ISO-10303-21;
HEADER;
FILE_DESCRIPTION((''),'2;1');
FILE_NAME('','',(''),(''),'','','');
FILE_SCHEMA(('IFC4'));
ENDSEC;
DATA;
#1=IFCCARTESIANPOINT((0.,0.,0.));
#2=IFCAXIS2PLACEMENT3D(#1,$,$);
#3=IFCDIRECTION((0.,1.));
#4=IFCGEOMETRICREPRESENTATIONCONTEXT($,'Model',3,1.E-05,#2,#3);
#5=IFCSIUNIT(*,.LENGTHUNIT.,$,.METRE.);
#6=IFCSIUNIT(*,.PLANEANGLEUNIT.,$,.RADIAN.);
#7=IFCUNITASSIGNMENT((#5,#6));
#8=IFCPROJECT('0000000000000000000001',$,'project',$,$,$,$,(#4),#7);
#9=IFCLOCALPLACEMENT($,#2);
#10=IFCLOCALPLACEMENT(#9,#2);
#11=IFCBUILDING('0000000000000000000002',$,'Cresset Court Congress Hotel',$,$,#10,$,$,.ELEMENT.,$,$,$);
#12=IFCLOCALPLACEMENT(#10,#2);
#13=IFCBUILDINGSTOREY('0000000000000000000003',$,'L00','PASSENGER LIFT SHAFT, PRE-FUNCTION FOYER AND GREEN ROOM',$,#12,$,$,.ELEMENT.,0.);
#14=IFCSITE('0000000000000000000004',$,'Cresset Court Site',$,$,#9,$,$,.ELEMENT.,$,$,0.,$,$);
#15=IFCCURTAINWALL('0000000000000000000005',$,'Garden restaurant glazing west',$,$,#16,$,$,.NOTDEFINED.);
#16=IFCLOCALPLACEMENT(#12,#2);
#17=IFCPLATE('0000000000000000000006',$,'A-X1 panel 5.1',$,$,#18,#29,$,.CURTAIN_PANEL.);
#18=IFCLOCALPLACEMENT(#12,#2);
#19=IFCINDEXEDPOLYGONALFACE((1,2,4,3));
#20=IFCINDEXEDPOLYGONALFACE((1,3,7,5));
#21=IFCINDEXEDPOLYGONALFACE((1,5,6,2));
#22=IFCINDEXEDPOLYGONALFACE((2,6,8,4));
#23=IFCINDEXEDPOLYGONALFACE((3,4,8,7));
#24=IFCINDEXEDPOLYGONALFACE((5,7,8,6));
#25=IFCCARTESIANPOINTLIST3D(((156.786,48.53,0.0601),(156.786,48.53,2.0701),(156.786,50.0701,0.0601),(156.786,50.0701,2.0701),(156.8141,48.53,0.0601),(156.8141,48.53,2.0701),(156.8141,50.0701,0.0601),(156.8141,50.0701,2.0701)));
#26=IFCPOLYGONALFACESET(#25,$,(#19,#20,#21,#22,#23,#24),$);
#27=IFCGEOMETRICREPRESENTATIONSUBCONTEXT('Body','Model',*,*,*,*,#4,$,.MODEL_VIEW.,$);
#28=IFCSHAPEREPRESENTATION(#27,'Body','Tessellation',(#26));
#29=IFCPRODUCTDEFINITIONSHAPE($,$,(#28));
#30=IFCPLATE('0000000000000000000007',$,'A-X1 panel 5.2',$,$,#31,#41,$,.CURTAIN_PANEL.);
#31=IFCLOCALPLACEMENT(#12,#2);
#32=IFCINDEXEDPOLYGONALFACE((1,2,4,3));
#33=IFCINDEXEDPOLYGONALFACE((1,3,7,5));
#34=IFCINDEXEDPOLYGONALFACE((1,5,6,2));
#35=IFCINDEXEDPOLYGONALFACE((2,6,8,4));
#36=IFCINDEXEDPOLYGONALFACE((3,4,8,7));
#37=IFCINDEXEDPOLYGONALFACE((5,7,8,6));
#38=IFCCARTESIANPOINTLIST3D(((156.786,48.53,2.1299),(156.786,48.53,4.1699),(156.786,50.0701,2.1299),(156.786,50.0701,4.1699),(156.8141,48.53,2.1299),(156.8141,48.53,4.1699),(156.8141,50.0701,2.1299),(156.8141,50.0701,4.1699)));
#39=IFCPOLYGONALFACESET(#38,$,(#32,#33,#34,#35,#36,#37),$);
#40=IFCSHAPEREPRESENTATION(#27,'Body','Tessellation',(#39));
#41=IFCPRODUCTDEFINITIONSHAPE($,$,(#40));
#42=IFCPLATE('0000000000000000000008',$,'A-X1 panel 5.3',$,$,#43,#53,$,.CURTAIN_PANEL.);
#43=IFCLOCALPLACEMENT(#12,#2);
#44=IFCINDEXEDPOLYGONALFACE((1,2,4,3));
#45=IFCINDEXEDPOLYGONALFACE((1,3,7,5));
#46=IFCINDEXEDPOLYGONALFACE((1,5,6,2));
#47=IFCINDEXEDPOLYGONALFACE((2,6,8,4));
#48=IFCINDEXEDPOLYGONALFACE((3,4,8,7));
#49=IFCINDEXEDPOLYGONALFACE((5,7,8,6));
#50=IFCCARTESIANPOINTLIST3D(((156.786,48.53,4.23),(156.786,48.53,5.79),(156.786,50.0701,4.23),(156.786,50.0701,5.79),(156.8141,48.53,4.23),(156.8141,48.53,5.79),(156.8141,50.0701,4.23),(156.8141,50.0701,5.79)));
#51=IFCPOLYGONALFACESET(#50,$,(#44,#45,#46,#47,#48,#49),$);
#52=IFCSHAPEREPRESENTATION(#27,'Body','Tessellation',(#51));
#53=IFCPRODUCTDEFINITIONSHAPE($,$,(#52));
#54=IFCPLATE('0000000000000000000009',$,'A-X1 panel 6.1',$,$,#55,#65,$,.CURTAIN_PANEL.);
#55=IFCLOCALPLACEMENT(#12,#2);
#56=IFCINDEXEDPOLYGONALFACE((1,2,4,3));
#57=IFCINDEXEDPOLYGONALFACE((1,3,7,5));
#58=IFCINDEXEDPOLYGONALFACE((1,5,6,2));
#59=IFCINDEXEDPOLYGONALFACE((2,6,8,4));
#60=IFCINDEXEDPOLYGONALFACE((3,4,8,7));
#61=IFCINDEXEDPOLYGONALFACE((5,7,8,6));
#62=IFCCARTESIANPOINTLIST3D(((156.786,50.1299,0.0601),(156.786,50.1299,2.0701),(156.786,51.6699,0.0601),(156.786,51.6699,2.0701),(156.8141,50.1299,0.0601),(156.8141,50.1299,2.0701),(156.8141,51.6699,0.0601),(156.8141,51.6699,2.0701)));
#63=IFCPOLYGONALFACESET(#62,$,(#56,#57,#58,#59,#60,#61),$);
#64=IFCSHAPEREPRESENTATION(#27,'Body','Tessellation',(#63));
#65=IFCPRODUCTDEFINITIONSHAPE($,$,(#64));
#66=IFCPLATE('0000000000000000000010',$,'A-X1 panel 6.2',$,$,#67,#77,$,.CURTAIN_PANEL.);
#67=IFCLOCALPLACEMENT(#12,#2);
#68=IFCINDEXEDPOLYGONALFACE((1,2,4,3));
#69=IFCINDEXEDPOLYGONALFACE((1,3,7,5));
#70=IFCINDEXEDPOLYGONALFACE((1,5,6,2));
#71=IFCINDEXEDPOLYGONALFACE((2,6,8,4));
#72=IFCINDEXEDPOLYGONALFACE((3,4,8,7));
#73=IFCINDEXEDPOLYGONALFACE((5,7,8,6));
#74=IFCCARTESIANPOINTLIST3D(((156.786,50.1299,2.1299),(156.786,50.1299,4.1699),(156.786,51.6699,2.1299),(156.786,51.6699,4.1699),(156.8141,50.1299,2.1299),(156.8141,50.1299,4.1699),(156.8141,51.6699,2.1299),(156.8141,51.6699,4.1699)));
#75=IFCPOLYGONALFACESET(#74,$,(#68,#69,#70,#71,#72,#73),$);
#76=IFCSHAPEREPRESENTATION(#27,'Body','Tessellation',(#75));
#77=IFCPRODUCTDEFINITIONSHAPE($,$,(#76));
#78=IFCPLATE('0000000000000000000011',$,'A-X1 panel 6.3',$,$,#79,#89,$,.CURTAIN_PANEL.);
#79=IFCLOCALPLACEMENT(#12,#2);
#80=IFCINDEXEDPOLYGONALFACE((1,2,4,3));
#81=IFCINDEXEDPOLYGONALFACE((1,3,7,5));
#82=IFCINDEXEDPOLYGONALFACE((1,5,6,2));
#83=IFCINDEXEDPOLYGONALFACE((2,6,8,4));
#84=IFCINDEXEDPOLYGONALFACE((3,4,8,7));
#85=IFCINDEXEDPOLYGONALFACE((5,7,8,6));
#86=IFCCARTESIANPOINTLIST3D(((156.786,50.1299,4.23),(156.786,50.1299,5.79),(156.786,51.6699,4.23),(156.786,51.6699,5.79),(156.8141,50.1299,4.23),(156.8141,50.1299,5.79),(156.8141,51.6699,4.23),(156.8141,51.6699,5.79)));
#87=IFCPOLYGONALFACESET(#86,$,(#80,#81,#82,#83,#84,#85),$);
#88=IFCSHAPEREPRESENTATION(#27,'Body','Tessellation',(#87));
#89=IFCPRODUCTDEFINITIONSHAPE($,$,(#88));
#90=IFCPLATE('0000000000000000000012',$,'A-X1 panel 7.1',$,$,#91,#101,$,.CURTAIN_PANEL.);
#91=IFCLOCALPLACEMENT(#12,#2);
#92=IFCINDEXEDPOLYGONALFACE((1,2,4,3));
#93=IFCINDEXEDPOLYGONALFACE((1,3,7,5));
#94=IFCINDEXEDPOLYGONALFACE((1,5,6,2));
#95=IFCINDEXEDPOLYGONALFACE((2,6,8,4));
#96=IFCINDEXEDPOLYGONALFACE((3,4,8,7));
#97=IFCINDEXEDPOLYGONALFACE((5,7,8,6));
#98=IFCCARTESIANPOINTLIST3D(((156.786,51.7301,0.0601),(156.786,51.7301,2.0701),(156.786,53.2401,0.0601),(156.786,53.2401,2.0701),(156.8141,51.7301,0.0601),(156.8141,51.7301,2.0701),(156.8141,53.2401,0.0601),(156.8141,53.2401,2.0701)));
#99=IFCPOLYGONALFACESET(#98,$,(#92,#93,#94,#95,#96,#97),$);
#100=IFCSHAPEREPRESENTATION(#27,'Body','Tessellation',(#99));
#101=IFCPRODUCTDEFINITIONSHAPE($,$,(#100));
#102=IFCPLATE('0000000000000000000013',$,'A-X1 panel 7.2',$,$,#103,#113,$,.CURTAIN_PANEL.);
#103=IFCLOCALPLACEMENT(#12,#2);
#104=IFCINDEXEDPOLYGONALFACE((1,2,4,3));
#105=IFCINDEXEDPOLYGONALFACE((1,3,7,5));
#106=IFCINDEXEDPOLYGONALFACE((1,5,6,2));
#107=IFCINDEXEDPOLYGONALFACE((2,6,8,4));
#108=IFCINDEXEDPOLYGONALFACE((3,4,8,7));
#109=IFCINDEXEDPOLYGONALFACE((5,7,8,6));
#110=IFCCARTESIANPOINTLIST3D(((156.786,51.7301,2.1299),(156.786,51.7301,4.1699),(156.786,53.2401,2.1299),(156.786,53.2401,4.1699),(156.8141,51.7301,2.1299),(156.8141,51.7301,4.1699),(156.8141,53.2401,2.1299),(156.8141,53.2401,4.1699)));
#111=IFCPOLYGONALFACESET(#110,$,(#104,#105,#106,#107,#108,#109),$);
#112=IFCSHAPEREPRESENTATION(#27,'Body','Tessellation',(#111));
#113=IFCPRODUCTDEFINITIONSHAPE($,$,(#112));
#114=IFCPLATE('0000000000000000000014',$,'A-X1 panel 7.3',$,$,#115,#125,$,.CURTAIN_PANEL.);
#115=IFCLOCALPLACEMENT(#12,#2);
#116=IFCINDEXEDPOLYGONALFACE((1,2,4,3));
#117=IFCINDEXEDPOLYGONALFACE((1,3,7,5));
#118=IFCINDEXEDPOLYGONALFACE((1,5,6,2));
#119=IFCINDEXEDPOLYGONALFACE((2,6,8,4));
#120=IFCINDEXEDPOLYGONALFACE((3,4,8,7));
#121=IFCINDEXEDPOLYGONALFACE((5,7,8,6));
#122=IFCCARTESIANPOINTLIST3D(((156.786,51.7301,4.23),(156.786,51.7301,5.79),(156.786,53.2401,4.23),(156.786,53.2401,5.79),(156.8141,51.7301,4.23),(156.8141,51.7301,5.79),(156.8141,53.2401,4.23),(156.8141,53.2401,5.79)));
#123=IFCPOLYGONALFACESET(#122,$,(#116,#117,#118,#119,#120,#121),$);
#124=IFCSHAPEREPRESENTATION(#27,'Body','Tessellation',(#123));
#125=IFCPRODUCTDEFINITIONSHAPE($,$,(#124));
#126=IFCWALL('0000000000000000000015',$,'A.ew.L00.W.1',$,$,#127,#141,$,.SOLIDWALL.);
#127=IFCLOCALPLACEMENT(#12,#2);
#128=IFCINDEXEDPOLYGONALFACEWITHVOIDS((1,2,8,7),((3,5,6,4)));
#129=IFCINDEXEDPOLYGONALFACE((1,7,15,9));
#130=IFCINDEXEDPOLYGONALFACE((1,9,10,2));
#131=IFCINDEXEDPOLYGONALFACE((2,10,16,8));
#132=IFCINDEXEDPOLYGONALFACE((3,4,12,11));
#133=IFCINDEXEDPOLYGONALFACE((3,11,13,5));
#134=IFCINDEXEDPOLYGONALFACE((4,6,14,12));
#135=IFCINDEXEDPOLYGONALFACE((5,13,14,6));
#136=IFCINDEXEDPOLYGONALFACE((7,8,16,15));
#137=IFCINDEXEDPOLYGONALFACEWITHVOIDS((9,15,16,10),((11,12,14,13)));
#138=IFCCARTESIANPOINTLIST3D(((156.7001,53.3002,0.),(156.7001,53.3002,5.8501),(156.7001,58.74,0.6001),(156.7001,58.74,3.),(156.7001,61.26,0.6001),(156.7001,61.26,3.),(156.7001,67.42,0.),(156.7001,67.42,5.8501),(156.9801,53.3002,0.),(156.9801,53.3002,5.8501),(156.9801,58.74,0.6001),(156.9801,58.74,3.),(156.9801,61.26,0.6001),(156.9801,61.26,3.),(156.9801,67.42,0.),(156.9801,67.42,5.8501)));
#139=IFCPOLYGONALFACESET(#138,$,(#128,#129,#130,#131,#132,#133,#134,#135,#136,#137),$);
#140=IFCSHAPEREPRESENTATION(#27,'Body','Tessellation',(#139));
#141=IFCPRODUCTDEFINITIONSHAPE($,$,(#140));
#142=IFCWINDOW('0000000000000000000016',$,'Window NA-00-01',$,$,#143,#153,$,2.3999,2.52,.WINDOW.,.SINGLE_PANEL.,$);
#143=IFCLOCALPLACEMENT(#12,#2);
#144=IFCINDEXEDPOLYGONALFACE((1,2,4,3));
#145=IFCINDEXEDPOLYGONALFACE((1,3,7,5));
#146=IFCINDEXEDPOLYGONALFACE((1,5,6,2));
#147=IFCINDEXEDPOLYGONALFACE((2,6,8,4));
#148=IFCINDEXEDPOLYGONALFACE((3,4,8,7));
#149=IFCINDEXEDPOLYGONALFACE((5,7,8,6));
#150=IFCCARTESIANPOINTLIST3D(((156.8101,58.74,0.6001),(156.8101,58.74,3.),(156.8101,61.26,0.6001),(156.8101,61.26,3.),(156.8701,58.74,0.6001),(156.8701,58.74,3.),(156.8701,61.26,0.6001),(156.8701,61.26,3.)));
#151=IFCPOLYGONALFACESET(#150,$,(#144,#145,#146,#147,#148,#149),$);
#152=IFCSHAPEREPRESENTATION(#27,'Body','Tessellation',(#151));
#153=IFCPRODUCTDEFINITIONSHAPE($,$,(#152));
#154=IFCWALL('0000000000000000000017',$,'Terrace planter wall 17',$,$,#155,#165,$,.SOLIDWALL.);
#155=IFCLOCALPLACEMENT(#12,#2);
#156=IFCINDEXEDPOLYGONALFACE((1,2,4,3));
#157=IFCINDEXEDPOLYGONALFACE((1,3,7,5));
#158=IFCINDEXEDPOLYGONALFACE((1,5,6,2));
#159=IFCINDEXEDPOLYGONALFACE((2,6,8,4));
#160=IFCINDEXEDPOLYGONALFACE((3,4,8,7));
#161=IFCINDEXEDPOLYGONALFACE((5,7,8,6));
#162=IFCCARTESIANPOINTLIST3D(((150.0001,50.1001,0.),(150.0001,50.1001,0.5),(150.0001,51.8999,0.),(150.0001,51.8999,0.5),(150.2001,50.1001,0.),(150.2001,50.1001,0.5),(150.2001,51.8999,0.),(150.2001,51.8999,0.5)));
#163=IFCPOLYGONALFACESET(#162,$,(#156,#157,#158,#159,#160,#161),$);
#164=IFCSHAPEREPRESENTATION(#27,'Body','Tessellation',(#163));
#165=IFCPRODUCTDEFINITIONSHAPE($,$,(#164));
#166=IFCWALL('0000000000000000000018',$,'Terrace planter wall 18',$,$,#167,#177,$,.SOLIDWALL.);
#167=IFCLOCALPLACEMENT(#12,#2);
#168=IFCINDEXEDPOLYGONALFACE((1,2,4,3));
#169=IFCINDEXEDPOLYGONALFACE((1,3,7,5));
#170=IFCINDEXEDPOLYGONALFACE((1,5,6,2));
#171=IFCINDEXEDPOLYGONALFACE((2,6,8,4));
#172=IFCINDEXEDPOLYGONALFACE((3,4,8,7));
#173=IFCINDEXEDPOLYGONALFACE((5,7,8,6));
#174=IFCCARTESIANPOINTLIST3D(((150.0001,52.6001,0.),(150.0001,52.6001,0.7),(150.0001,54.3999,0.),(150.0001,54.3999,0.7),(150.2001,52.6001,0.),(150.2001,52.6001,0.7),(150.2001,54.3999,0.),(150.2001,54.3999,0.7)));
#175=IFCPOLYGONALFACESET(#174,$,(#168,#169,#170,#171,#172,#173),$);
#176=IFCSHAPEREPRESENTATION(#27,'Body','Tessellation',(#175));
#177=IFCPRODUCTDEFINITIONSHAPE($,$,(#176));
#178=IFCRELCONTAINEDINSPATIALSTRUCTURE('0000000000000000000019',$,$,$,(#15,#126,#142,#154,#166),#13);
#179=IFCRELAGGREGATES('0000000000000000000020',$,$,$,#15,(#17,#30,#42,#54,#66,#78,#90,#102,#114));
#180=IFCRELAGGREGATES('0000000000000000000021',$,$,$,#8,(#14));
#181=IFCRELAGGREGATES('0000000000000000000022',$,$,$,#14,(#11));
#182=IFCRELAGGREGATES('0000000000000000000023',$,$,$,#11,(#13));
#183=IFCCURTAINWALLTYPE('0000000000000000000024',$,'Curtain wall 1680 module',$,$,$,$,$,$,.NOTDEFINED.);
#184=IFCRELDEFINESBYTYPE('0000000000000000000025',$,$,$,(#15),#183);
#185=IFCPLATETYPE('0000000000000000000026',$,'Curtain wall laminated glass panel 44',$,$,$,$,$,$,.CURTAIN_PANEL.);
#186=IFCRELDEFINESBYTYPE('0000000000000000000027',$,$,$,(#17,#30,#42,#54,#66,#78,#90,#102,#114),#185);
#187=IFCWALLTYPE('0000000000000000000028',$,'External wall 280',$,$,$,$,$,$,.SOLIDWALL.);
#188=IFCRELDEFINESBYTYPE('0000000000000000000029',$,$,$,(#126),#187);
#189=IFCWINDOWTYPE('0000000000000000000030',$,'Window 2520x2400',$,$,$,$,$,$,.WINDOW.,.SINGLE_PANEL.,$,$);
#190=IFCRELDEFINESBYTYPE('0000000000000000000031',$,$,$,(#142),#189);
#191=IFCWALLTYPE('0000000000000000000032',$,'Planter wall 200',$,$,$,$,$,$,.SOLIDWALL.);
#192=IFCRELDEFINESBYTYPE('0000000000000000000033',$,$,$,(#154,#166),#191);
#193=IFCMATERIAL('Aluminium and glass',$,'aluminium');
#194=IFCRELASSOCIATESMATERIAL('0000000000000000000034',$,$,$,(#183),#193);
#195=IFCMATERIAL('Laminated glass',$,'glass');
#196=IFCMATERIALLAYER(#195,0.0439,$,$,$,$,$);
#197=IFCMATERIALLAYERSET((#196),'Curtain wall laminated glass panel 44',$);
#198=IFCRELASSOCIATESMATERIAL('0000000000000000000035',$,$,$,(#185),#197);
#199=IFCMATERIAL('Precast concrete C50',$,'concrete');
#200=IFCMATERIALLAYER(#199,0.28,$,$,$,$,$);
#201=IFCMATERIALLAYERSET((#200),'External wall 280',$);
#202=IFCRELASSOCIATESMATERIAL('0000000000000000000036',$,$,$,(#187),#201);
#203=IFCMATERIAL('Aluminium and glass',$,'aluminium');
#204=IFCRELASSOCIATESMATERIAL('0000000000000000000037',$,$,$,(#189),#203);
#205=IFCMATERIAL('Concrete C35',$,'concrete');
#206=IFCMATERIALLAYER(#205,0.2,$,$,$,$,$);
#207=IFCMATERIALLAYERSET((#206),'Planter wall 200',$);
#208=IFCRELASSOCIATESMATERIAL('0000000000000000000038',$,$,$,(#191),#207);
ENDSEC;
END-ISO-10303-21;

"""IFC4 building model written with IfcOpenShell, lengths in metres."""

from ifc_helpers import new_model, si_unit, direction, frame, frame_2d, origin, origin_2d, place, context, subcontext, project, spatial, rectangle, extrude, material, layer, layer_set, type_object, element, fill, aggregate, save


model = new_model("IFC4")

# Units and contexts
model_context = context("Model", 3, precision=1e-05, world=origin(), true_north=direction((0.0, 1.0)))
body_context = subcontext(model_context, "Body", "Model", "MODEL_VIEW")
ifc_project = project(units=[si_unit("LENGTHUNIT", "METRE"), si_unit("PLANEANGLEUNIT", "RADIAN")], contexts=[model_context])

# Site, building, storey
site_placement = place(None, origin())
site = spatial("IfcSite", under=ifc_project, at=site_placement, Name="Cresset Court Site", CompositionType="ELEMENT", RefElevation=0.0)
building_placement = place(site_placement, origin())
building = spatial("IfcBuilding", under=site, at=building_placement, Name="Cresset Court Congress Hotel", CompositionType="ELEMENT")
storey_placement = place(building_placement, origin())
storey = spatial("IfcBuildingStorey", under=building, at=storey_placement, Name="L00", Description="PASSENGER LIFT SHAFT, PRE-FUNCTION FOYER AND GREEN ROOM", CompositionType="ELEMENT", Elevation=0.0)

# Curtain wall, plates
ifc_material_1 = material(Name="Aluminium and glass", Category="aluminium")
curtain_wall_type = type_object("IfcCurtainWallType", Name="Curtain wall 1680 module", PredefinedType="NOTDEFINED", material=ifc_material_1)
curtain_wall_placement = place(storey_placement, origin())
curtain_wall = element("IfcCurtainWall", 1, at=curtain_wall_placement, inside=storey, type_object=curtain_wall_type, Name="Garden restaurant glazing west", PredefinedType="NOTDEFINED")
ifc_material_2 = material(Name="Laminated glass", Category="glass")
ifc_layer_1 = layer(ifc_material_2, 0.0439)
ifc_layer_set_1 = layer_set([ifc_layer_1], Name="Curtain wall laminated glass panel 44")
plate_type = type_object("IfcPlateType", Name="Curtain wall laminated glass panel 44", PredefinedType="CURTAIN_PANEL", material=ifc_layer_set_1)
plate_1_placement = place(storey_placement, frame((156.8, 49.3, 0.0601), z_axis=(0.0, 0.0, 1.0), x_axis=(0.0, 1.0, 0.0)))
plate_1 = element("IfcPlate", 2, at=plate_1_placement, type_object=plate_type, Name="A-X1 panel 5.1", PredefinedType="CURTAIN_PANEL", context=body_context, shape_type="SweptSolid", body=[
    extrude(rectangle(XDim=1.54, YDim=0.0281, at=origin_2d()), origin(), (0.0, 0.0, 1.0), 2.01),
])
plate_2_placement = place(storey_placement, frame((156.8, 49.3, 2.1299), z_axis=(0.0, 0.0, 1.0), x_axis=(0.0, 1.0, 0.0)))
plate_2 = element("IfcPlate", 3, at=plate_2_placement, type_object=plate_type, Name="A-X1 panel 5.2", PredefinedType="CURTAIN_PANEL", context=body_context, shape_type="SweptSolid", body=[
    extrude(rectangle(XDim=1.54, YDim=0.0281, at=origin_2d()), origin(), (0.0, 0.0, 1.0), 2.04),
])
plate_3_placement = place(storey_placement, frame((156.8, 49.3, 4.23), z_axis=(0.0, 0.0, 1.0), x_axis=(0.0, 1.0, 0.0)))
plate_3 = element("IfcPlate", 4, at=plate_3_placement, type_object=plate_type, Name="A-X1 panel 5.3", PredefinedType="CURTAIN_PANEL", context=body_context, shape_type="SweptSolid", body=[
    extrude(rectangle(XDim=1.54, YDim=0.0281, at=origin_2d()), origin(), (0.0, 0.0, 1.0), 1.5601),
])
plate_4_placement = place(storey_placement, frame((156.8, 50.8999, 0.0601), z_axis=(0.0, 0.0, 1.0), x_axis=(0.0, 1.0, 0.0)))
plate_4 = element("IfcPlate", 5, at=plate_4_placement, type_object=plate_type, Name="A-X1 panel 6.1", PredefinedType="CURTAIN_PANEL", context=body_context, shape_type="SweptSolid", body=[
    extrude(rectangle(XDim=1.54, YDim=0.0281, at=origin_2d()), origin(), (0.0, 0.0, 1.0), 2.01),
])
plate_5_placement = place(storey_placement, frame((156.8, 50.8999, 2.1299), z_axis=(0.0, 0.0, 1.0), x_axis=(0.0, 1.0, 0.0)))
plate_5 = element("IfcPlate", 6, at=plate_5_placement, type_object=plate_type, Name="A-X1 panel 6.2", PredefinedType="CURTAIN_PANEL", context=body_context, shape_type="SweptSolid", body=[
    extrude(rectangle(XDim=1.54, YDim=0.0281, at=origin_2d()), origin(), (0.0, 0.0, 1.0), 2.04),
])
plate_6_placement = place(storey_placement, frame((156.8, 50.8999, 4.23), z_axis=(0.0, 0.0, 1.0), x_axis=(0.0, 1.0, 0.0)))
plate_6 = element("IfcPlate", 7, at=plate_6_placement, type_object=plate_type, Name="A-X1 panel 6.3", PredefinedType="CURTAIN_PANEL", context=body_context, shape_type="SweptSolid", body=[
    extrude(rectangle(XDim=1.54, YDim=0.0281, at=origin_2d()), origin(), (0.0, 0.0, 1.0), 1.5601),
])
plate_7_placement = place(storey_placement, frame((156.8, 52.4851, 0.0601), z_axis=(0.0, 0.0, 1.0), x_axis=(0.0, 1.0, 0.0)))
plate_7 = element("IfcPlate", 8, at=plate_7_placement, type_object=plate_type, Name="A-X1 panel 7.1", PredefinedType="CURTAIN_PANEL", context=body_context, shape_type="SweptSolid", body=[
    extrude(rectangle(XDim=1.51, YDim=0.0281, at=origin_2d()), origin(), (0.0, 0.0, 1.0), 2.01),
])
plate_8_placement = place(storey_placement, frame((156.8, 52.4851, 2.1299), z_axis=(0.0, 0.0, 1.0), x_axis=(0.0, 1.0, 0.0)))
plate_8 = element("IfcPlate", 9, at=plate_8_placement, type_object=plate_type, Name="A-X1 panel 7.2", PredefinedType="CURTAIN_PANEL", context=body_context, shape_type="SweptSolid", body=[
    extrude(rectangle(XDim=1.51, YDim=0.0281, at=origin_2d()), origin(), (0.0, 0.0, 1.0), 2.04),
])
plate_9_placement = place(storey_placement, frame((156.8, 52.4851, 4.23), z_axis=(0.0, 0.0, 1.0), x_axis=(0.0, 1.0, 0.0)))
plate_9 = element("IfcPlate", 10, at=plate_9_placement, type_object=plate_type, Name="A-X1 panel 7.3", PredefinedType="CURTAIN_PANEL", context=body_context, shape_type="SweptSolid", body=[
    extrude(rectangle(XDim=1.51, YDim=0.0281, at=origin_2d()), origin(), (0.0, 0.0, 1.0), 1.5601),
])
aggregate(curtain_wall, [plate_1, plate_2, plate_3, plate_4, plate_5, plate_6, plate_7, plate_8, plate_9])

# Wall, opening, window
ifc_material_3 = material(Name="Precast concrete C50", Category="concrete")
ifc_layer_2 = layer(ifc_material_3, 0.28)
ifc_layer_set_2 = layer_set([ifc_layer_2], Name="External wall 280")
wall_type_1 = type_object("IfcWallType", Name="External wall 280", PredefinedType="SOLIDWALL", material=ifc_layer_set_2)
wall_1_placement = place(storey_placement, frame((156.8401, 53.3, 0.0), z_axis=(0.0, 0.0, 1.0), x_axis=(0.0, 1.0, 0.0)))
wall_1 = element("IfcWall", 11, at=wall_1_placement, inside=storey, type_object=wall_type_1, Name="A.ew.L00.W.1", PredefinedType="SOLIDWALL", context=body_context, shape_type="SweptSolid", body=[
    extrude(rectangle(XDim=14.1199, YDim=0.28, at=frame_2d((7.0601, 0.0))), origin(), (0.0, 0.0, 1.0), 5.8501),
])
opening_placement = place(wall_1_placement, frame((5.4399, 0.0, 0.6001)))
opening = element("IfcOpeningElement", 12, at=opening_placement, cuts=wall_1, PredefinedType="OPENING", context=body_context, shape_type="SweptSolid", body=[
    extrude(rectangle(XDim=2.52, YDim=2.3999, at=frame_2d((1.26, 1.2))), frame((0.0, 0.1499, 0.0), z_axis=(0.0, -1.0, 0.0), x_axis=(1.0, 0.0, 0.0)), (0.0, 0.0, 1.0), 0.3),
])
ifc_material_4 = material(Name="Aluminium and glass", Category="aluminium")
window_type = type_object("IfcWindowType", Name="Window 2520x2400", PartitioningType="SINGLE_PANEL", PredefinedType="WINDOW", material=ifc_material_4)
window_placement = place(opening_placement, origin())
window = element("IfcWindow", 13, at=window_placement, inside=storey, type_object=window_type, Name="Window NA-00-01", OverallHeight=2.3999, OverallWidth=2.52, PartitioningType="SINGLE_PANEL", PredefinedType="WINDOW", context=body_context, shape_type="SweptSolid", body=[
    extrude(rectangle(XDim=2.52, YDim=2.3999, at=frame_2d((1.26, 1.2))), frame((0.0, 0.03, 0.0), z_axis=(0.0, -1.0, 0.0), x_axis=(1.0, 0.0, 0.0)), (0.0, 0.0, 1.0), 0.0601),
])
fill(opening, window)

# Walls
ifc_material_5 = material(Name="Concrete C35", Category="concrete")
ifc_layer_3 = layer(ifc_material_5, 0.2)
ifc_layer_set_3 = layer_set([ifc_layer_3], Name="Planter wall 200")
wall_type_2 = type_object("IfcWallType", Name="Planter wall 200", PredefinedType="SOLIDWALL", material=ifc_layer_set_3)
wall_2_placement = place(storey_placement, frame((150.1001, 50.1001, 0.0), z_axis=(0.0, 0.0, 1.0), x_axis=(0.0, 1.0, 0.0)))
element("IfcWall", 14, at=wall_2_placement, inside=storey, type_object=wall_type_2, Name="Terrace planter wall 17", PredefinedType="SOLIDWALL", context=body_context, shape_type="SweptSolid", body=[
    extrude(rectangle(XDim=1.7998, YDim=0.2, at=frame_2d((0.8999, 0.0))), origin(), (0.0, 0.0, 1.0), 0.5),
])
wall_3_placement = place(storey_placement, frame((150.1001, 52.6001, 0.0), z_axis=(0.0, 0.0, 1.0), x_axis=(0.0, 1.0, 0.0)))
element("IfcWall", 15, at=wall_3_placement, inside=storey, type_object=wall_type_2, Name="Terrace planter wall 18", PredefinedType="SOLIDWALL", context=body_context, shape_type="SweptSolid", body=[
    extrude(rectangle(XDim=1.7998, YDim=0.2, at=frame_2d((0.8999, 0.0))), origin(), (0.0, 0.0, 1.0), 0.7),
])

save(model, "model.ifc")
